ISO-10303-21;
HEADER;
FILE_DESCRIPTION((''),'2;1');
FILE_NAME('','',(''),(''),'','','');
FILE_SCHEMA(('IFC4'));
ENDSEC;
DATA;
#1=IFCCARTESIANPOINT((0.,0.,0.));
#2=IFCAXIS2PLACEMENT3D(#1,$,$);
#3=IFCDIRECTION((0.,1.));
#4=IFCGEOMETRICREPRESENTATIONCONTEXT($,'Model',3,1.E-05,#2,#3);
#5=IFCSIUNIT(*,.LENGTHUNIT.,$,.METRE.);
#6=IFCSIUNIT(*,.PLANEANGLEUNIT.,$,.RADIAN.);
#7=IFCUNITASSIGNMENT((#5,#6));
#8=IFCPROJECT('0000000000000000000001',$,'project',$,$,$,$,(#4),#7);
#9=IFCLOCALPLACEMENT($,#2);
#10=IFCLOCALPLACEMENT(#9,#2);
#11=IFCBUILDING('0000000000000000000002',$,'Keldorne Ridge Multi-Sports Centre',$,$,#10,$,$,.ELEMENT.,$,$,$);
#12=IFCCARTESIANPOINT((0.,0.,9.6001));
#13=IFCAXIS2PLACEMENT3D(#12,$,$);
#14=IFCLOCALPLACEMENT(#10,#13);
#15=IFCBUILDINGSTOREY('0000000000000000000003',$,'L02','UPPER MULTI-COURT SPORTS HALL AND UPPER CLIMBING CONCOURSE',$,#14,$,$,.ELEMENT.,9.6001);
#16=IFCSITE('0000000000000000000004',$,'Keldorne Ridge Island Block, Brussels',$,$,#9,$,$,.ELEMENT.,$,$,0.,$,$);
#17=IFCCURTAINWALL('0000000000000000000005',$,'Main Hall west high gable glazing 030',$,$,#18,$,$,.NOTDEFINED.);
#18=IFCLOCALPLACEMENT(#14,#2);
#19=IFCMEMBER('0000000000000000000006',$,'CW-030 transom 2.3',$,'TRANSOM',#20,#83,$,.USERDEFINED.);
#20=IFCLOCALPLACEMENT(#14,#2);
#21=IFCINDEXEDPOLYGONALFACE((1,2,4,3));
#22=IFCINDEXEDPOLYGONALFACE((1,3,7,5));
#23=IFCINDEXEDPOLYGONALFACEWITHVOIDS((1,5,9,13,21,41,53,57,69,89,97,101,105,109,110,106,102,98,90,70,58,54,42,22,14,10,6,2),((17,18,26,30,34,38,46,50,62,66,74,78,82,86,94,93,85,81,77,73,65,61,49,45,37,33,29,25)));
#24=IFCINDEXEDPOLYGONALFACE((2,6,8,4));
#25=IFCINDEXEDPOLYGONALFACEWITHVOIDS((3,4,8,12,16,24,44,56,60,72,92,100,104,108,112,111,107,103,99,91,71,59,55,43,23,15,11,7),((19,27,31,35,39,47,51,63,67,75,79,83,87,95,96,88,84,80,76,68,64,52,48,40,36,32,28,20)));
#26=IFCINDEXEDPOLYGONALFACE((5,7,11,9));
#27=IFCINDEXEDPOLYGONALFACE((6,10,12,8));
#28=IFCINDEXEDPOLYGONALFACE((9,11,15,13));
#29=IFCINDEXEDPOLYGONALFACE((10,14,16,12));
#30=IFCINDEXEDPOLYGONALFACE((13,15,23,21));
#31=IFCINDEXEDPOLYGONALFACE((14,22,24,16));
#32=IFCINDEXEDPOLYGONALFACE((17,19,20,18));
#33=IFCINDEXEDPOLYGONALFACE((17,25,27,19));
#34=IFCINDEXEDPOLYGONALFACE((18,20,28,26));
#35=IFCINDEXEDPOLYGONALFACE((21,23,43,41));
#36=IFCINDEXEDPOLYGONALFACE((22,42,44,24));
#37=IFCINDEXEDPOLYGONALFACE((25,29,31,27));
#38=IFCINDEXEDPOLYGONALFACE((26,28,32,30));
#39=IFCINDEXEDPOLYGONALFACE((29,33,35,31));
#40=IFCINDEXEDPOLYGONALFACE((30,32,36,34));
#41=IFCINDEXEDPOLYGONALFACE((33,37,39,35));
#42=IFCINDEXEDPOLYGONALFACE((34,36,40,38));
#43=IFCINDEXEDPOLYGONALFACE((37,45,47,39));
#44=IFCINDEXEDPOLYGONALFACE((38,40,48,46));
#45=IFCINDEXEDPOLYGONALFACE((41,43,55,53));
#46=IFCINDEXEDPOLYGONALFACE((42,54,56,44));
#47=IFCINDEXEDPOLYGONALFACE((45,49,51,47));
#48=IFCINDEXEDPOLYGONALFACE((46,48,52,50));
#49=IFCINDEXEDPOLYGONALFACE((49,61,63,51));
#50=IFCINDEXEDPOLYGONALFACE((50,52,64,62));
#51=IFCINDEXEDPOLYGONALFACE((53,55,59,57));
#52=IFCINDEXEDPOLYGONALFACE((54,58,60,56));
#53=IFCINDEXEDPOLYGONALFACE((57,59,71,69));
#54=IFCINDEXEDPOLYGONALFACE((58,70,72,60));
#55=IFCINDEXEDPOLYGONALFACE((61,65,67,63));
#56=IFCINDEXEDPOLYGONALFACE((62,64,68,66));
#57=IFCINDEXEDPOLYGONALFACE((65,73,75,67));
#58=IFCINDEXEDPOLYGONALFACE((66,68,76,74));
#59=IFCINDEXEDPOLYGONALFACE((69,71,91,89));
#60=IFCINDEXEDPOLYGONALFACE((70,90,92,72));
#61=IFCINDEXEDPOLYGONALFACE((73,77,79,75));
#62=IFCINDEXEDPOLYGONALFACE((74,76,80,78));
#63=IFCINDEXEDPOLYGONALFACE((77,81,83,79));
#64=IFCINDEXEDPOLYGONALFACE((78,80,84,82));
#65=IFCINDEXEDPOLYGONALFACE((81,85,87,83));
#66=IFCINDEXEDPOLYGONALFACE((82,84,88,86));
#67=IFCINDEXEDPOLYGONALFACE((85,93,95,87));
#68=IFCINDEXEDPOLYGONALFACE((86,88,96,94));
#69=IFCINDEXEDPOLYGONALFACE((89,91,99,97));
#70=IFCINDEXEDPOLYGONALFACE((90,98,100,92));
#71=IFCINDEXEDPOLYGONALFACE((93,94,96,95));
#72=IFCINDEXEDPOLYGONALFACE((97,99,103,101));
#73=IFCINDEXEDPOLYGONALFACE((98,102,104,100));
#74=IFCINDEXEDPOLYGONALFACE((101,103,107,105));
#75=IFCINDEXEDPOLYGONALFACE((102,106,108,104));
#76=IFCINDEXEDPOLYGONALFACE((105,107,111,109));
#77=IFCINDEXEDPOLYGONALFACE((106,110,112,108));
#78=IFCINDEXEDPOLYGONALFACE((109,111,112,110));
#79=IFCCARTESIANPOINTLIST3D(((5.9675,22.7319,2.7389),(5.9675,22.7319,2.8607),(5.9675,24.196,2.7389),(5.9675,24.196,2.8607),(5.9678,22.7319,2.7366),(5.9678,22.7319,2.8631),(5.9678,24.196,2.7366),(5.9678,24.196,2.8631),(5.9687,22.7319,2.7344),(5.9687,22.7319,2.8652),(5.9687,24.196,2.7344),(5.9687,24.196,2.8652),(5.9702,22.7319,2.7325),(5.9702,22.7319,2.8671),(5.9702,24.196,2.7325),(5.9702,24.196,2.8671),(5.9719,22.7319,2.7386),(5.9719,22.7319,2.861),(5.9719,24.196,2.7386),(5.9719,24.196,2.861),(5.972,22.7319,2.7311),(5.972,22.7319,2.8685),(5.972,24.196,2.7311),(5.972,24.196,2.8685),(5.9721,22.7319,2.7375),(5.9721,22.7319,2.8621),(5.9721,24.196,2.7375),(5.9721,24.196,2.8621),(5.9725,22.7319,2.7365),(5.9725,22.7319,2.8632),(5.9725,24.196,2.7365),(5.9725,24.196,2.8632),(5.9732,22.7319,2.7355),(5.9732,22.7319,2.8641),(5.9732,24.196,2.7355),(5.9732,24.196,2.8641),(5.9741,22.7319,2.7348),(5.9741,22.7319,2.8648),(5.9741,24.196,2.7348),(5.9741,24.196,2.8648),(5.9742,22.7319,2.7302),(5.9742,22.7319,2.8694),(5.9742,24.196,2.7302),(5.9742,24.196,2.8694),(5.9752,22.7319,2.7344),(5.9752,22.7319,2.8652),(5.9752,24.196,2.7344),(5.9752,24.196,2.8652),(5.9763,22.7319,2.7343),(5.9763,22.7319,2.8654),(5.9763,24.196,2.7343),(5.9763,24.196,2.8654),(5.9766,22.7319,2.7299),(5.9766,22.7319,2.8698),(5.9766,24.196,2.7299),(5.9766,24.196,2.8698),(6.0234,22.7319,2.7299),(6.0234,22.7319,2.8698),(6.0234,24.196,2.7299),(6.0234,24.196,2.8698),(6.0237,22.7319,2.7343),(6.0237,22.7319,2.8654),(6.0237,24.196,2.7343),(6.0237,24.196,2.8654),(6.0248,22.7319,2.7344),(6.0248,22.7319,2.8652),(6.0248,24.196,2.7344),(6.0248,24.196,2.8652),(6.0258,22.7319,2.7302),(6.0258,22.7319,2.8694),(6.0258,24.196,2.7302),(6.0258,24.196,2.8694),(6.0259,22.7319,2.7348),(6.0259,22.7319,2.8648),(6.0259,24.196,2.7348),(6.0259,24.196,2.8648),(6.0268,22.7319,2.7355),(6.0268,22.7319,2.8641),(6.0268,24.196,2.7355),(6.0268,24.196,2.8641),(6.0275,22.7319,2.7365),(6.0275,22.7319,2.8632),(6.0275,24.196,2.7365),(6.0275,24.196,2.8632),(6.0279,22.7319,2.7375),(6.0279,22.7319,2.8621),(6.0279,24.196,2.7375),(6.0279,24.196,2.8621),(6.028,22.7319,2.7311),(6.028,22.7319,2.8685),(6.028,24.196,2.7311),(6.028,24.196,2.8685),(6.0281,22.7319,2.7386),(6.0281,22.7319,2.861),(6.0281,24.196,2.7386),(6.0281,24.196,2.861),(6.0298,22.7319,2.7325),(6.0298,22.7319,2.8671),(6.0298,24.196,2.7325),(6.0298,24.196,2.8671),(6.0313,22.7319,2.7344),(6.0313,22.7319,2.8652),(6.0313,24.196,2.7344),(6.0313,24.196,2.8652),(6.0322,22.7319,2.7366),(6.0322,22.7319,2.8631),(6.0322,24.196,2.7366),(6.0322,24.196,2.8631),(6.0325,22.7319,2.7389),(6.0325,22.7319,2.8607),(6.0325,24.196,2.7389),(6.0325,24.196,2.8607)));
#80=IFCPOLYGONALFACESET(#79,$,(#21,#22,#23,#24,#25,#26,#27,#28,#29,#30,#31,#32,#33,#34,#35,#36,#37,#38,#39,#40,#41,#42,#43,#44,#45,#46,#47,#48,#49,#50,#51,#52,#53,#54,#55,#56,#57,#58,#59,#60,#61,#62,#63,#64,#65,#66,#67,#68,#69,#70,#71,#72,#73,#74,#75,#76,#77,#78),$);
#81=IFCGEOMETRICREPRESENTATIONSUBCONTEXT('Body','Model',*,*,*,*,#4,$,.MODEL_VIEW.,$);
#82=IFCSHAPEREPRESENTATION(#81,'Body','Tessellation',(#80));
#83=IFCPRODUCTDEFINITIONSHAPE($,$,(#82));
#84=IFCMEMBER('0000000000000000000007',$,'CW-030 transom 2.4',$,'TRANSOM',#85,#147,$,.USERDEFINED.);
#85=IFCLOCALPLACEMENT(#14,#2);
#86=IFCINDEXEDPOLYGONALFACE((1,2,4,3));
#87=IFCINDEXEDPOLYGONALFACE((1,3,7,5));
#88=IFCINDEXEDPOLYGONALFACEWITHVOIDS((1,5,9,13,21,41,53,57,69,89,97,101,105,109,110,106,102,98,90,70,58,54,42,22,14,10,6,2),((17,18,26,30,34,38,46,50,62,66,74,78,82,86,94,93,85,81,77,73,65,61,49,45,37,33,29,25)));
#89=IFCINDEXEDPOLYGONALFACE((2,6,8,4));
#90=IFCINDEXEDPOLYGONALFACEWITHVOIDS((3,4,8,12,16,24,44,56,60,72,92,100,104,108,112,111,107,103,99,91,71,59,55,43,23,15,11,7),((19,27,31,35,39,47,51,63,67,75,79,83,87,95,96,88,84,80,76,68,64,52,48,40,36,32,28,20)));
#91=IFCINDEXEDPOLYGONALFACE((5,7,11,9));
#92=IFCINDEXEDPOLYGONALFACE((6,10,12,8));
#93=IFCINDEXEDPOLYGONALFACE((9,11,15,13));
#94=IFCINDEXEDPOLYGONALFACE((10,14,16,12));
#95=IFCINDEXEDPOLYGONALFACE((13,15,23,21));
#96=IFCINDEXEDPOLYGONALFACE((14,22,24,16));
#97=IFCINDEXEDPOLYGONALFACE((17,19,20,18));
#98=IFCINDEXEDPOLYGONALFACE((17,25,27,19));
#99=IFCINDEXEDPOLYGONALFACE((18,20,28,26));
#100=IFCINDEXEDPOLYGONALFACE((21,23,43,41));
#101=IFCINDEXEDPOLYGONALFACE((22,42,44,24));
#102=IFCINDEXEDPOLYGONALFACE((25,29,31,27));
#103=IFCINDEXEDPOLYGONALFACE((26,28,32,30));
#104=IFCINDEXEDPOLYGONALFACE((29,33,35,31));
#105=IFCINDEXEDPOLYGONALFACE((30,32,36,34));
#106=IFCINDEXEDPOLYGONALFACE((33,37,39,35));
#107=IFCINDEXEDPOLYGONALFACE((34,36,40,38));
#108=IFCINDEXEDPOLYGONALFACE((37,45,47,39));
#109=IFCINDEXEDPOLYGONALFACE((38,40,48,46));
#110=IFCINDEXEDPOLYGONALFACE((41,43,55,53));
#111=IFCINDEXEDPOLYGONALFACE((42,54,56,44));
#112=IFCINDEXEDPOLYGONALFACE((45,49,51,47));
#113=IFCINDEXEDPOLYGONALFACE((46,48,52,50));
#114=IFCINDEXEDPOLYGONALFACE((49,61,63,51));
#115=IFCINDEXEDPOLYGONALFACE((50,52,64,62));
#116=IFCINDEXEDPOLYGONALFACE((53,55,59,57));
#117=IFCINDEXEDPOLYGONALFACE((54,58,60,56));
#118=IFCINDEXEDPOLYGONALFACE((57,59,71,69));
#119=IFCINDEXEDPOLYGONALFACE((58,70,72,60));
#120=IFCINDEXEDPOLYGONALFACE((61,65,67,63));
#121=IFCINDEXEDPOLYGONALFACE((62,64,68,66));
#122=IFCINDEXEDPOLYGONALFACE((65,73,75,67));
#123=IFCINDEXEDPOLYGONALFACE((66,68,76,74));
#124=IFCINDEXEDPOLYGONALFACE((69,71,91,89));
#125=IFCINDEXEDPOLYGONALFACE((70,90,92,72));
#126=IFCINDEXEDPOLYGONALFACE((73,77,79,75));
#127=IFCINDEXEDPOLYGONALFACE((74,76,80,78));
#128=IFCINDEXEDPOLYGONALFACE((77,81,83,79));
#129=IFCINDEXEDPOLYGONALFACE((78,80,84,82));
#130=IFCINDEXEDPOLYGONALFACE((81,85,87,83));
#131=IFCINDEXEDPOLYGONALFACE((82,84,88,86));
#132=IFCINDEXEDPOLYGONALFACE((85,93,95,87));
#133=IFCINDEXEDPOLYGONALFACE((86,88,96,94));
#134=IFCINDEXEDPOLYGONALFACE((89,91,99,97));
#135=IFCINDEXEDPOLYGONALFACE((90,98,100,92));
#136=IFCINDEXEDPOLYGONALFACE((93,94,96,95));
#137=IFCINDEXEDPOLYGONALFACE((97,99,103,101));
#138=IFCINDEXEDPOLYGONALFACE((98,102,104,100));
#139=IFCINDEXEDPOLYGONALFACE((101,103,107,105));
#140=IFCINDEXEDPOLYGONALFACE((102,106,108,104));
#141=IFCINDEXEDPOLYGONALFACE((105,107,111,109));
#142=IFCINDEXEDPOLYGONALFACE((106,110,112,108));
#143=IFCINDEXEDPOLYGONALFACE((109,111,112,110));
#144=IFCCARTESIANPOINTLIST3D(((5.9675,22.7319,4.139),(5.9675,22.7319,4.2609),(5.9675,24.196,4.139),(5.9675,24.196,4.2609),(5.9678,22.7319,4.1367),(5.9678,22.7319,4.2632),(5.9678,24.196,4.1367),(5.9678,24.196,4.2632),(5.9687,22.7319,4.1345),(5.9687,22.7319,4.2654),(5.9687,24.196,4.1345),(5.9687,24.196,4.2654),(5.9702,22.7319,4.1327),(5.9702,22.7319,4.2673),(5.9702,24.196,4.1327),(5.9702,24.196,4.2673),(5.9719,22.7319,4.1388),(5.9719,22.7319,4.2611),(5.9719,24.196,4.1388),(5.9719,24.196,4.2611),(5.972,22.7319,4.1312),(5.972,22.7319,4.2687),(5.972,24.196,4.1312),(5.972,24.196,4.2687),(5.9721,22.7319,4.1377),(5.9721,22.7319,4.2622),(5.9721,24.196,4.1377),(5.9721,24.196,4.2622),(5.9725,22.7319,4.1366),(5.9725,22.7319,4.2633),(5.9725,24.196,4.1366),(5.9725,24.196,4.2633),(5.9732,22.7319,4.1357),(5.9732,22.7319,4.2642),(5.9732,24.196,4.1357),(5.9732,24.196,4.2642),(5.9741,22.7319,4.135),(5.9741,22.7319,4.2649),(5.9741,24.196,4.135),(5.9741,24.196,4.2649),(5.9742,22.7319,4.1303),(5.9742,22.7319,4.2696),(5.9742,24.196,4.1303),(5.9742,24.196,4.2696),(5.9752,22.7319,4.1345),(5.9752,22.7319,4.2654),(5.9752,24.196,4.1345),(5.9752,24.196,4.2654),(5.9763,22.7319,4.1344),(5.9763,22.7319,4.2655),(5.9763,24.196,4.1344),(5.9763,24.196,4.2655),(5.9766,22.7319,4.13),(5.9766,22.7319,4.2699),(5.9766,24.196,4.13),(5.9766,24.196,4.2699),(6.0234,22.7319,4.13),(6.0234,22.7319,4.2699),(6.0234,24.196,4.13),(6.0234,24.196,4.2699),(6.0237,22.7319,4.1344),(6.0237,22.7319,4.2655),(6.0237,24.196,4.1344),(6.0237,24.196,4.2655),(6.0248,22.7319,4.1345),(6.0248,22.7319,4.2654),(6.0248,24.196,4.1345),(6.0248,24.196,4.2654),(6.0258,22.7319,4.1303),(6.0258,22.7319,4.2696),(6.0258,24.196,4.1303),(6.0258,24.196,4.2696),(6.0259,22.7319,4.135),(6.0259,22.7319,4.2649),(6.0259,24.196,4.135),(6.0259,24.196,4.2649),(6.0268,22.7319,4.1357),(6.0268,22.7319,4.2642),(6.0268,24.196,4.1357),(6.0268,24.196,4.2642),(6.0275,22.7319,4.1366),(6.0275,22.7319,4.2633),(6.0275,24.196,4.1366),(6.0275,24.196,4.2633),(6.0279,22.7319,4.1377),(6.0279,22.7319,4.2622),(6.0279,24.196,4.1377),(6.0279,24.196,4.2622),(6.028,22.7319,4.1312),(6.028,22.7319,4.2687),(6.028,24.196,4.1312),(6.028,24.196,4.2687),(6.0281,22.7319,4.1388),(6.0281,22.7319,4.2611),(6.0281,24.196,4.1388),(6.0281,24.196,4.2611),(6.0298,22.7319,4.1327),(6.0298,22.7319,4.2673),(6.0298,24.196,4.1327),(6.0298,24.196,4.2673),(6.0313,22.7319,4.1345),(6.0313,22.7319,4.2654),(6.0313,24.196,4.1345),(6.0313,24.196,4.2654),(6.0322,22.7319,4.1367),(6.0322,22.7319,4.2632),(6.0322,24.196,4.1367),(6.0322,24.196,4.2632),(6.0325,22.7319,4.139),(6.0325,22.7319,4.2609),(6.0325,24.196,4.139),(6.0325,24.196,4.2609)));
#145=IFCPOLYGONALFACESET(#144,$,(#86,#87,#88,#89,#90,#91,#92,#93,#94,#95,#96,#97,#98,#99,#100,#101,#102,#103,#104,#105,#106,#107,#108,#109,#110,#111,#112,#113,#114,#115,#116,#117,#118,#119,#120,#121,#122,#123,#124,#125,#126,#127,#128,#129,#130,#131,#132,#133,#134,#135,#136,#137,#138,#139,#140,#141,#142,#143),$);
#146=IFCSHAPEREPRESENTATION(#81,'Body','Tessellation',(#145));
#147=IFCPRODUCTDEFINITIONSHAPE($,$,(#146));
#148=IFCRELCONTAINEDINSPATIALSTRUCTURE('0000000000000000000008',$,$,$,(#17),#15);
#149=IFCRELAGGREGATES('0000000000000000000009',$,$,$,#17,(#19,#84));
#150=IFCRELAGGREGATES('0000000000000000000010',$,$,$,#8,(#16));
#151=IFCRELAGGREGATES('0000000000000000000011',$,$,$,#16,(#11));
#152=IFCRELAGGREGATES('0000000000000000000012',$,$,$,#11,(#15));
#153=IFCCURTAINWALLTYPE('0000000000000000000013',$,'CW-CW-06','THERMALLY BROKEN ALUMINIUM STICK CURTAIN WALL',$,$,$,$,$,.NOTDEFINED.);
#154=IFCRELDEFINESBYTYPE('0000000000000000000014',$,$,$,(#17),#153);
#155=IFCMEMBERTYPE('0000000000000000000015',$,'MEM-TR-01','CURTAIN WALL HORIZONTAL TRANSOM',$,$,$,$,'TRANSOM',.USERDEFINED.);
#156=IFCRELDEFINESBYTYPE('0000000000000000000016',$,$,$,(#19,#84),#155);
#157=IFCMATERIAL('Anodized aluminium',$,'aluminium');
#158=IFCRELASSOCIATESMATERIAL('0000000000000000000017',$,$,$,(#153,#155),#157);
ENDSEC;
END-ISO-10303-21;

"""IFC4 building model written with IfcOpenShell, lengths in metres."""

from ifc_helpers import new_model, si_unit, direction, frame, origin, origin_2d, place, context, subcontext, project, spatial, hollow_rectangle, extrude, material, material_profile, profile_set, type_object, element, aggregate, save


model = new_model("IFC4")

# Units and contexts
model_context = context("Model", 3, precision=1e-05, world=origin(), true_north=direction((0.0, 1.0)))
body_context = subcontext(model_context, "Body", "Model", "MODEL_VIEW")
ifc_project = project(units=[si_unit("LENGTHUNIT", "METRE"), si_unit("PLANEANGLEUNIT", "RADIAN")], contexts=[model_context])

# Site, building, storey
site_placement = place(None, origin())
site = spatial("IfcSite", under=ifc_project, at=site_placement, Name="Keldorne Ridge Island Block, Brussels", CompositionType="ELEMENT", RefElevation=0.0)
building_placement = place(site_placement, origin())
building = spatial("IfcBuilding", under=site, at=building_placement, Name="Keldorne Ridge Multi-Sports Centre", CompositionType="ELEMENT")
storey_placement = place(building_placement, frame((0.0, 0.0, 9.6001)))
storey = spatial("IfcBuildingStorey", under=building, at=storey_placement, Name="L02", Description="UPPER MULTI-COURT SPORTS HALL AND UPPER CLIMBING CONCOURSE", CompositionType="ELEMENT", Elevation=9.6001)

# Curtain wall, members
ifc_material_1 = material(Name="Anodized aluminium", Category="aluminium")
curtain_wall_type_1 = type_object("IfcCurtainWallType", Name="CW-CW-06", Description="THERMALLY BROKEN ALUMINIUM STICK CURTAIN WALL", PredefinedType="NOTDEFINED", material=ifc_material_1)
curtain_wall_1_placement = place(storey_placement, origin())
curtain_wall_1 = element("IfcCurtainWall", 1, at=curtain_wall_1_placement, inside=storey, type_object=curtain_wall_type_1, Name="Main Hall west high gable glazing 030", PredefinedType="NOTDEFINED")
ifc_material_profile_1 = material_profile(ifc_material_1, hollow_rectangle(XDim=0.0649, YDim=0.1399, WallThickness=0.0044, InnerFilletRadius=0.0044, OuterFilletRadius=0.009, at=origin_2d()), Name="ALU TRANSOM 140x65x4.5")
ifc_profile_set_1 = profile_set([ifc_material_profile_1], Name="Anodized aluminium")
member_type_1 = type_object("IfcMemberType", Name="MEM-TR-01", Description="CURTAIN WALL HORIZONTAL TRANSOM", ElementType="TRANSOM", PredefinedType="USERDEFINED", material=ifc_profile_set_1)
member_1_placement = place(storey_placement, frame((6.0, 24.196, 2.7998), z_axis=(0.0, -1.0, 0.0), x_axis=(1.0, 0.0, 0.0)))
member_1 = element("IfcMember", 2, at=member_1_placement, type_object=member_type_1, Name="CW-030 transom 2.3", ObjectType="TRANSOM", PredefinedType="USERDEFINED", context=body_context, shape_type="SweptSolid", body=[
    extrude(hollow_rectangle(XDim=0.0649, YDim=0.1399, WallThickness=0.0044, InnerFilletRadius=0.0044, OuterFilletRadius=0.009, at=origin_2d()), origin(), (0.0, 0.0, 1.0), 1.4641),
])
member_2_placement = place(storey_placement, frame((6.0, 24.196, 4.2), z_axis=(0.0, -1.0, 0.0), x_axis=(1.0, 0.0, 0.0)))
member_2 = element("IfcMember", 3, at=member_2_placement, type_object=member_type_1, Name="CW-030 transom 2.4", ObjectType="TRANSOM", PredefinedType="USERDEFINED", context=body_context, shape_type="SweptSolid", body=[
    extrude(hollow_rectangle(XDim=0.0649, YDim=0.1399, WallThickness=0.0044, InnerFilletRadius=0.0044, OuterFilletRadius=0.009, at=origin_2d()), origin(), (0.0, 0.0, 1.0), 1.4641),
])

aggregate(curtain_wall_1, [member_1, member_2])

save(model, "model.ifc")
